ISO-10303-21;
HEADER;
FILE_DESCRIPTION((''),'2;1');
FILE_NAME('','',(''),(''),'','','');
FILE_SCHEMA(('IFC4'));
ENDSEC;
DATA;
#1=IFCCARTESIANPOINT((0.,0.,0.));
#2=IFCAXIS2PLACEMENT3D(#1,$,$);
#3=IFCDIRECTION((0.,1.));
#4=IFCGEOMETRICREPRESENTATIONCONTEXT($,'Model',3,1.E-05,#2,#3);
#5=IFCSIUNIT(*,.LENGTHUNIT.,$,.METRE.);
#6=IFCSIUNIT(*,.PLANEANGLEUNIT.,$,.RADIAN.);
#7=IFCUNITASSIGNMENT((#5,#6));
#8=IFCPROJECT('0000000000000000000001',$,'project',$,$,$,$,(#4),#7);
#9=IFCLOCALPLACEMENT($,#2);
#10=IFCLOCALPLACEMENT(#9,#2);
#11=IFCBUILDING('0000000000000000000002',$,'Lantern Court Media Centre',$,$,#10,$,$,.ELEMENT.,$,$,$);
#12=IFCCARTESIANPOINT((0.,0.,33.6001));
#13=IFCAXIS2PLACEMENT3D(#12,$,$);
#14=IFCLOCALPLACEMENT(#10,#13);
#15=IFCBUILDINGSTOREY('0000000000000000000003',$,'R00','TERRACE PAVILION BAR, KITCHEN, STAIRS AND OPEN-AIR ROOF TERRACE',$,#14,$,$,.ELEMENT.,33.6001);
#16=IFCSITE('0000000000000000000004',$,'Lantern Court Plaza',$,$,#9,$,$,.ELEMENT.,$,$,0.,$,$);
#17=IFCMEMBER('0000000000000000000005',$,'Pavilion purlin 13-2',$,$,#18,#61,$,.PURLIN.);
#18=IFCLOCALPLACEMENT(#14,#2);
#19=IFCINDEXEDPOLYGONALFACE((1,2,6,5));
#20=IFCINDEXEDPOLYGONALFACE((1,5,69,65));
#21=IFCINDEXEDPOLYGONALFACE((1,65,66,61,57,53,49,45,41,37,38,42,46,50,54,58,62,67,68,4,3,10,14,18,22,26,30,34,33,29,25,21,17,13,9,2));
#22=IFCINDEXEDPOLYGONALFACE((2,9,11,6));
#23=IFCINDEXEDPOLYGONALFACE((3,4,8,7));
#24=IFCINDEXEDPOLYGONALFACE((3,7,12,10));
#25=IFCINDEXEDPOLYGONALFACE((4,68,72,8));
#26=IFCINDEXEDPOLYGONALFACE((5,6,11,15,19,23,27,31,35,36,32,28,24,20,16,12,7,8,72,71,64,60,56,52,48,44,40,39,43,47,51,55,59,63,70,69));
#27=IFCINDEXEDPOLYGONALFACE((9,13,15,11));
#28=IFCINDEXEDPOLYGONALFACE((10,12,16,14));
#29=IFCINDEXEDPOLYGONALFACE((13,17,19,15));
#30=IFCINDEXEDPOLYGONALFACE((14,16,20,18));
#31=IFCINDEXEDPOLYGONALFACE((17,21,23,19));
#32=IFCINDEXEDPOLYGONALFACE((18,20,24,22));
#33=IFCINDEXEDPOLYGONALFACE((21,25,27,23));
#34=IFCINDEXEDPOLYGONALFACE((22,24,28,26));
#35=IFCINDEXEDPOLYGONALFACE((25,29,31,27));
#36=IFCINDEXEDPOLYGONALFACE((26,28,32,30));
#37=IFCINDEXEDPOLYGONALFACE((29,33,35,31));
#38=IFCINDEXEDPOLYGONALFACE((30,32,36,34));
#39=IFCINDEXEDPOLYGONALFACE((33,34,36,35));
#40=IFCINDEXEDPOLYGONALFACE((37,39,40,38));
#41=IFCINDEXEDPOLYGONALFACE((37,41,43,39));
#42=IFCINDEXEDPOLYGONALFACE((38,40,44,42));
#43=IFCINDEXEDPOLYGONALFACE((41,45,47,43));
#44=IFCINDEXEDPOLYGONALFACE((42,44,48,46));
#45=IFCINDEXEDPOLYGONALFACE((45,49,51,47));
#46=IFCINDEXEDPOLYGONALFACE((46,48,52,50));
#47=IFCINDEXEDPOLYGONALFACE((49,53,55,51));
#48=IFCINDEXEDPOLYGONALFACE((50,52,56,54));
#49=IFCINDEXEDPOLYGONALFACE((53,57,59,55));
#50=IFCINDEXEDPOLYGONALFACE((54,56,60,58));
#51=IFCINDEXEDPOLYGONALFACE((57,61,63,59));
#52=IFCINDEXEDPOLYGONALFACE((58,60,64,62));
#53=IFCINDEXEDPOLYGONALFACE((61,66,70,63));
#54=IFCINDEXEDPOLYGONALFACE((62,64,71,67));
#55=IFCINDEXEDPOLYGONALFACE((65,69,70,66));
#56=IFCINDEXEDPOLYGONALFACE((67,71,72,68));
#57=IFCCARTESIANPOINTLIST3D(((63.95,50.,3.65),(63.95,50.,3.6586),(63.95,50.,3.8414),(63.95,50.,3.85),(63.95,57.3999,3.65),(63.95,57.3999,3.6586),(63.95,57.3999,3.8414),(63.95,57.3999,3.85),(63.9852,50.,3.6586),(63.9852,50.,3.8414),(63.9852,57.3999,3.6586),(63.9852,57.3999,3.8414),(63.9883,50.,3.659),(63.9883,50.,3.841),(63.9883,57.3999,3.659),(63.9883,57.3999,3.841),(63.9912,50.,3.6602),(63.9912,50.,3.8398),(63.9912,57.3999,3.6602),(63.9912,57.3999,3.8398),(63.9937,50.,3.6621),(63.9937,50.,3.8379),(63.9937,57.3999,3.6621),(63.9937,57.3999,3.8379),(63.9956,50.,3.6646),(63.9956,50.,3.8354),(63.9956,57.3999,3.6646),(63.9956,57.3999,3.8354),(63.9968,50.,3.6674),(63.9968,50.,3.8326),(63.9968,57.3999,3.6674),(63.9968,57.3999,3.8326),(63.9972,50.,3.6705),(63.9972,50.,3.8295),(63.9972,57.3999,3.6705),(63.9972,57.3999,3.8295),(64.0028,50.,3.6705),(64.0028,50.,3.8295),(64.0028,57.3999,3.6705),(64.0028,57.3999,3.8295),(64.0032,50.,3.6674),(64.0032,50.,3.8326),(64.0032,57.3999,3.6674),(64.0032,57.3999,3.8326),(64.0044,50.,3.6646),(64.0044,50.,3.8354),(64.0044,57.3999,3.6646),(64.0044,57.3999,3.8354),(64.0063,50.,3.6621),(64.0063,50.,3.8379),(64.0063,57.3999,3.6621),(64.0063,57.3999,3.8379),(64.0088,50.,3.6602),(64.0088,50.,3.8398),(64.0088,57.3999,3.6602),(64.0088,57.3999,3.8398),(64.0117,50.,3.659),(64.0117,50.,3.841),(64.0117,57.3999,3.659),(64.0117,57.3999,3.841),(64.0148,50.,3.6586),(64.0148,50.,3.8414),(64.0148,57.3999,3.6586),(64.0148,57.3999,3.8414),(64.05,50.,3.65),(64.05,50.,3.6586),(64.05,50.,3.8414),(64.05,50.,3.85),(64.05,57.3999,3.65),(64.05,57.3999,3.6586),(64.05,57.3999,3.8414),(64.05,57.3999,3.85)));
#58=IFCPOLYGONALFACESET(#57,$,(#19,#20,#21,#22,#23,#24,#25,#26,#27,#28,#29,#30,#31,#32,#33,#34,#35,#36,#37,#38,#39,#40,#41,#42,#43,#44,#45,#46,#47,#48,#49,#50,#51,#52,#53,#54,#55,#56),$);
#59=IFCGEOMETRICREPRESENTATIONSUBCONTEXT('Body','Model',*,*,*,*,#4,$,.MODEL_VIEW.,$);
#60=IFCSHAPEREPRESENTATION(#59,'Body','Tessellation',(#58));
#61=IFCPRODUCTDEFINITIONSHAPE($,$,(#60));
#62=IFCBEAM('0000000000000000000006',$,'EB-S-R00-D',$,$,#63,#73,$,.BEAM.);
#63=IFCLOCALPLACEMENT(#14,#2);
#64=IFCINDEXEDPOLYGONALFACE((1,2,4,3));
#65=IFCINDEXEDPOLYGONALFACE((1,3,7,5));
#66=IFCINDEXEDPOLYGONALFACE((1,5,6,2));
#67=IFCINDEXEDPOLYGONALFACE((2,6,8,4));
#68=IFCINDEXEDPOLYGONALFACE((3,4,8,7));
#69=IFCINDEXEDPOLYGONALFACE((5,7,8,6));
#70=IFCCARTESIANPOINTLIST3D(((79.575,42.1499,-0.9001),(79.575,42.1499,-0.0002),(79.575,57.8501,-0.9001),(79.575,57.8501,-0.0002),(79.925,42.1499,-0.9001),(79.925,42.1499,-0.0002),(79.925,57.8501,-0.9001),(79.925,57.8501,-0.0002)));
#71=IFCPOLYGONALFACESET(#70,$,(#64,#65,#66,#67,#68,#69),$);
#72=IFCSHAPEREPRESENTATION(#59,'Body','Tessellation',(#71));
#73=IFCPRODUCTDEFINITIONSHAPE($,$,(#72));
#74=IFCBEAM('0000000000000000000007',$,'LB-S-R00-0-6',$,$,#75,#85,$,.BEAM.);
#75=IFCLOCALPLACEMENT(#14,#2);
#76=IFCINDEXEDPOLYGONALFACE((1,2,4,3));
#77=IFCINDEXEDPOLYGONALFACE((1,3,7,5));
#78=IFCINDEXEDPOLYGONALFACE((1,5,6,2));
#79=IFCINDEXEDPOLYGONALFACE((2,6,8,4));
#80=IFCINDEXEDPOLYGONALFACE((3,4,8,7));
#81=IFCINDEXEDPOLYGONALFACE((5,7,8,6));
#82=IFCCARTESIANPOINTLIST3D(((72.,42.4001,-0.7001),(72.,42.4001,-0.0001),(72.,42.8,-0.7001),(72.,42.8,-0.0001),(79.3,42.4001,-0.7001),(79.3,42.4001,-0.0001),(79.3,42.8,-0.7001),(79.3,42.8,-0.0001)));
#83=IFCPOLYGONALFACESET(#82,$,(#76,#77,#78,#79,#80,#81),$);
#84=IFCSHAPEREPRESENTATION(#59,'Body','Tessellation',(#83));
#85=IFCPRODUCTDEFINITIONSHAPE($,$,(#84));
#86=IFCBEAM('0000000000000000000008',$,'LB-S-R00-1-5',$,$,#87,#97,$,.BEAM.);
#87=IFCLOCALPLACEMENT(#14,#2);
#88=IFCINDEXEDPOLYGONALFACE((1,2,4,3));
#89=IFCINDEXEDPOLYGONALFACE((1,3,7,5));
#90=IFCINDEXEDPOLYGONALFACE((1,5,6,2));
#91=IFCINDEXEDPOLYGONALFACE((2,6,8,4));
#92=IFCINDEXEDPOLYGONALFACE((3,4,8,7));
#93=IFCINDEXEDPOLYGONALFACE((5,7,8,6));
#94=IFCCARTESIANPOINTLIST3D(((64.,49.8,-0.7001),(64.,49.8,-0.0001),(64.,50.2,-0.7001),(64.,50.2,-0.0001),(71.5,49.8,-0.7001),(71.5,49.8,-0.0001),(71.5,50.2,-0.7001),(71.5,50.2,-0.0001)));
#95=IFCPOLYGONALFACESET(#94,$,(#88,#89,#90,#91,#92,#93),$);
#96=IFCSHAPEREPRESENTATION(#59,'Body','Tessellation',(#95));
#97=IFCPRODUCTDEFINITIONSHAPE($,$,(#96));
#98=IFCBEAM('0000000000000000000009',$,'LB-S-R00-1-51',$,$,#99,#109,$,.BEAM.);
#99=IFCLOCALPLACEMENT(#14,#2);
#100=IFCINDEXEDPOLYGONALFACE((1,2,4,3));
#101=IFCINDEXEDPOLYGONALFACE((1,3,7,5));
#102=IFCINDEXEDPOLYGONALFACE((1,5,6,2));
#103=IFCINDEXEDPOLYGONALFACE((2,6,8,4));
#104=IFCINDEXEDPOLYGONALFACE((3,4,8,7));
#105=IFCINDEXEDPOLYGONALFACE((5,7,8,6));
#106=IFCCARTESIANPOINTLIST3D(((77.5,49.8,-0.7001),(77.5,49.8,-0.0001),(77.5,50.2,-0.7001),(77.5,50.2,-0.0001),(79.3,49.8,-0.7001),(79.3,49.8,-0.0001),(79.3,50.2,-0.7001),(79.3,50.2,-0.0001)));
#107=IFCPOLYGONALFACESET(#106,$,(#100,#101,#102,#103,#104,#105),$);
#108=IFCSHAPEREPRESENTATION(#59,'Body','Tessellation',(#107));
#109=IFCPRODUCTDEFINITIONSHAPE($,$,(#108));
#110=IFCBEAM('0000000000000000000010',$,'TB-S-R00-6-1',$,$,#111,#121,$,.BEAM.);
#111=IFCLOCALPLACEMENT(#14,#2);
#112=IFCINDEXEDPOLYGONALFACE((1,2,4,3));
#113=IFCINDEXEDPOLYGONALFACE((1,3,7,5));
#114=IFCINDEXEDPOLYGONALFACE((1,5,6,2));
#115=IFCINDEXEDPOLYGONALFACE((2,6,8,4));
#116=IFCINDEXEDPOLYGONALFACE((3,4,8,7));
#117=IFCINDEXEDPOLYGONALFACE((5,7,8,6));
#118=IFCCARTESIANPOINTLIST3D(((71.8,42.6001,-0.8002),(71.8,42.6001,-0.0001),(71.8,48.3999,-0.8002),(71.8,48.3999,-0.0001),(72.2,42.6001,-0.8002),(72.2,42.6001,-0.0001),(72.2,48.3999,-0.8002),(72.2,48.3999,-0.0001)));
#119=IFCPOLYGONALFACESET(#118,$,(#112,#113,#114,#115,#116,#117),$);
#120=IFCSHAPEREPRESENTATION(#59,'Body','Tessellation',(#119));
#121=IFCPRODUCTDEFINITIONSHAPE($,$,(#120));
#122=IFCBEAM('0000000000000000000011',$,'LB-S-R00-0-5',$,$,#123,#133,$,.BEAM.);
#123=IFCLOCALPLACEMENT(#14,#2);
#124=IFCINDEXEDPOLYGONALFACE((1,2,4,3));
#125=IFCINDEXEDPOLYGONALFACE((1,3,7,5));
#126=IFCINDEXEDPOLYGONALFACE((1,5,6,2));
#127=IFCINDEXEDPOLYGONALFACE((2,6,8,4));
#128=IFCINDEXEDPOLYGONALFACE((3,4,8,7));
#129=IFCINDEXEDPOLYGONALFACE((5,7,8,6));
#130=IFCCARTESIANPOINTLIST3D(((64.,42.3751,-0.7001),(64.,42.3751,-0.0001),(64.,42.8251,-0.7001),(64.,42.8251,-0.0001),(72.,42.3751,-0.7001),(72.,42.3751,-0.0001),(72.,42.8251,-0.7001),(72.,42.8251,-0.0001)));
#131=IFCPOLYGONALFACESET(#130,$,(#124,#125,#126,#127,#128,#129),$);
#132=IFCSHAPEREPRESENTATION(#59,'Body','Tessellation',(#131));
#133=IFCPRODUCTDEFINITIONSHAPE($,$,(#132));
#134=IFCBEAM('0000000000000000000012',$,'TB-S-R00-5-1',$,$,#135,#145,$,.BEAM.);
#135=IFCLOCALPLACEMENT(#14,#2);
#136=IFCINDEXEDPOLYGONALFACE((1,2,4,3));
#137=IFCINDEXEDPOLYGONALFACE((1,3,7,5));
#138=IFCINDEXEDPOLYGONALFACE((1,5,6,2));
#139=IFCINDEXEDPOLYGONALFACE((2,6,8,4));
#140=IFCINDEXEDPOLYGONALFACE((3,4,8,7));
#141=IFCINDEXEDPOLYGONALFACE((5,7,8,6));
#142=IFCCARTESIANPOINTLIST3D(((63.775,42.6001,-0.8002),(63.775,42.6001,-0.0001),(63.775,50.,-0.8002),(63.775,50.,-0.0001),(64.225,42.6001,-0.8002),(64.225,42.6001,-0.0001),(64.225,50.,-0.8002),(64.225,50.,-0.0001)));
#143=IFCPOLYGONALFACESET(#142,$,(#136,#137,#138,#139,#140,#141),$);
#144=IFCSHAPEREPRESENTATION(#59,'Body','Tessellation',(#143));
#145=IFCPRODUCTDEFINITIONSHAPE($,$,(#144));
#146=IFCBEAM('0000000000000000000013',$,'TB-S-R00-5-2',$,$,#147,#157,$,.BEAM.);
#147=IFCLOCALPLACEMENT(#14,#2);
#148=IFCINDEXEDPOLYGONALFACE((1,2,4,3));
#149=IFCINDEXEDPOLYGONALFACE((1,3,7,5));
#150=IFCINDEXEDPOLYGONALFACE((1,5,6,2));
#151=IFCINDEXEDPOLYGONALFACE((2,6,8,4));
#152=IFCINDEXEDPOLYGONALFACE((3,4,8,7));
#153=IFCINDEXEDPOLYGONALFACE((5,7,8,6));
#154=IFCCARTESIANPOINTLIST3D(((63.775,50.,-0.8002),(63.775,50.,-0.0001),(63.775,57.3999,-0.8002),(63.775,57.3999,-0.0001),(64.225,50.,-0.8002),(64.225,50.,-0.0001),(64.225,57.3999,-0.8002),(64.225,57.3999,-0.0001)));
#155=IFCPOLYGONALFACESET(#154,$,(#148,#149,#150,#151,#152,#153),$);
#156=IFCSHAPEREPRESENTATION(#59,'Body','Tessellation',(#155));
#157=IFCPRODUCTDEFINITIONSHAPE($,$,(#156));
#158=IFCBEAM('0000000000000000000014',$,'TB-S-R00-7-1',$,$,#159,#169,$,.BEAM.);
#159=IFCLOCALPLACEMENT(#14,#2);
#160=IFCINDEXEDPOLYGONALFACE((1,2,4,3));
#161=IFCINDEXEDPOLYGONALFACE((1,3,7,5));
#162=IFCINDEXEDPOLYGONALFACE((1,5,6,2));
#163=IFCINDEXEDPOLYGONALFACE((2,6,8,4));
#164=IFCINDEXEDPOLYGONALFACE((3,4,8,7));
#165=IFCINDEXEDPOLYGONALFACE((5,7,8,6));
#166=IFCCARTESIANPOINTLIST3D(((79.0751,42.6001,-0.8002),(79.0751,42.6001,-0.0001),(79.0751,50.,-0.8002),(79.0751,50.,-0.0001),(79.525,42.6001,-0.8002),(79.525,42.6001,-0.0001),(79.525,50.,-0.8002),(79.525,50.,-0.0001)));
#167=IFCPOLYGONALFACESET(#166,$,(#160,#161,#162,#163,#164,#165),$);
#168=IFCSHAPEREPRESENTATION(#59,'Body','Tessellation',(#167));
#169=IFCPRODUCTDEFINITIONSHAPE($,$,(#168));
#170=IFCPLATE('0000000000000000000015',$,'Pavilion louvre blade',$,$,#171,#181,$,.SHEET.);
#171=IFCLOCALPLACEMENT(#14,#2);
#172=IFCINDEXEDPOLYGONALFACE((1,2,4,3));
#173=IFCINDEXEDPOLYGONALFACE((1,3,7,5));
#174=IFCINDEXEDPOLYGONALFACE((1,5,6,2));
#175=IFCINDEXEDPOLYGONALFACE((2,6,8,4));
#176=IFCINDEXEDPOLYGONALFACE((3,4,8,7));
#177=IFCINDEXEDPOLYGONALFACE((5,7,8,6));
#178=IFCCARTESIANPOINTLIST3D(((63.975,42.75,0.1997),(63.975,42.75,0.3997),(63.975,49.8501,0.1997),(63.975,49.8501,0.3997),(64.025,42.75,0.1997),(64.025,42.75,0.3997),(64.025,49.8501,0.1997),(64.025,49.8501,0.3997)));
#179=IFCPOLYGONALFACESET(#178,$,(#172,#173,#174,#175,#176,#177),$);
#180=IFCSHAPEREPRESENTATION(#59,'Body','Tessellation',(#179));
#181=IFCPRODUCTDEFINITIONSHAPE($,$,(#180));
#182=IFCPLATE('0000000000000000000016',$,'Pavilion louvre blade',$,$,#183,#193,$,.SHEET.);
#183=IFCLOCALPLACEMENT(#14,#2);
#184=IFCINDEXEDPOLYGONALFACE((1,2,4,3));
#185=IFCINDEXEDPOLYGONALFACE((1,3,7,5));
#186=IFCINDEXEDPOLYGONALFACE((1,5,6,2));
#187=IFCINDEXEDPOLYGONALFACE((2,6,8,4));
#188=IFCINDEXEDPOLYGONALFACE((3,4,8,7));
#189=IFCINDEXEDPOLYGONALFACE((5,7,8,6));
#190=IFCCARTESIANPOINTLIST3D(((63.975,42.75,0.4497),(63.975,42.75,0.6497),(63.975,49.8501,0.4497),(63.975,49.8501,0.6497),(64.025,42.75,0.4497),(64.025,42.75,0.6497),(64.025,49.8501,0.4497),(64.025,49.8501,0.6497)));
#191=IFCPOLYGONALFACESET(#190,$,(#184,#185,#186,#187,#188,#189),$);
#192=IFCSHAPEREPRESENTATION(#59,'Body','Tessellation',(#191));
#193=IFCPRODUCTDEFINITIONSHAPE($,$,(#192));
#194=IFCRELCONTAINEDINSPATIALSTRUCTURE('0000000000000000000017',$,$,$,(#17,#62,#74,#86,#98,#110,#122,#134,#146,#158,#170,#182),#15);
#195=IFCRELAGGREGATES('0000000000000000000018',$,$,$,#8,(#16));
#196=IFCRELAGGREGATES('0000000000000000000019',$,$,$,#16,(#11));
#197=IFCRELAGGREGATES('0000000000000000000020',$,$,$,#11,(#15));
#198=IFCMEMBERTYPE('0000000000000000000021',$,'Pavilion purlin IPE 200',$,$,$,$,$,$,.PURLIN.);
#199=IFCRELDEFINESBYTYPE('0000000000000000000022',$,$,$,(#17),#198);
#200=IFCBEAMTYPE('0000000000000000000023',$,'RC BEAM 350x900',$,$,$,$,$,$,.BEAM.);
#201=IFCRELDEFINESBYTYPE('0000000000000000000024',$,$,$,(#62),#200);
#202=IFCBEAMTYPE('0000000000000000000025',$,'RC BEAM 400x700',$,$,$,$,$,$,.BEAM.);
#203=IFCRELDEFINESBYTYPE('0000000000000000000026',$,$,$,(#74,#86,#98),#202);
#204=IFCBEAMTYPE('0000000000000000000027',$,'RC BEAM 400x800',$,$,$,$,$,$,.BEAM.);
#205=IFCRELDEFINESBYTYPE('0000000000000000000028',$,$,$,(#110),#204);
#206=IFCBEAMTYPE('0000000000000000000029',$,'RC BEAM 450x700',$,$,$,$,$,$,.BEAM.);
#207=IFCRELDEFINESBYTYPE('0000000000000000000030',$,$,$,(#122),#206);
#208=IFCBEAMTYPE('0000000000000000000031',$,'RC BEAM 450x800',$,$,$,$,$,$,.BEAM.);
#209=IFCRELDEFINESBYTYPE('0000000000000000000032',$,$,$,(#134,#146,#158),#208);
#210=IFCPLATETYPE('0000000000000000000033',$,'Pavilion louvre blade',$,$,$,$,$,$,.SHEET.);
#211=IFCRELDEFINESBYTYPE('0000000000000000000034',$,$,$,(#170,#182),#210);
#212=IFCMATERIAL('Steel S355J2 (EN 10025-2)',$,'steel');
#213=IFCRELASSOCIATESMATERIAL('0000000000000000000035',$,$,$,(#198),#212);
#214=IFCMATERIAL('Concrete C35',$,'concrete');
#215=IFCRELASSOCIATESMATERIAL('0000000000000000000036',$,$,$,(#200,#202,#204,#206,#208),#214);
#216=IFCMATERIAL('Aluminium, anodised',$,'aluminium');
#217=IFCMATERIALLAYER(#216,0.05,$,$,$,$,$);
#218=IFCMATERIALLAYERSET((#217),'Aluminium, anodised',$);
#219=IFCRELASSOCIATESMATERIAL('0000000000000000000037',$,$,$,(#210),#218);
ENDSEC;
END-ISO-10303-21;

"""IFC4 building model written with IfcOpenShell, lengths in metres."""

from ifc_helpers import new_model, si_unit, direction, frame, origin, origin_2d, place, context, subcontext, project, spatial, rectangle, i_section, extrude, material, layer, layer_set, material_profile, profile_set, type_object, element, save


model = new_model("IFC4")

# Units and contexts
model_context = context("Model", 3, precision=1e-05, world=origin(), true_north=direction((0.0, 1.0)))
body_context = subcontext(model_context, "Body", "Model", "MODEL_VIEW")
ifc_project = project(units=[si_unit("LENGTHUNIT", "METRE"), si_unit("PLANEANGLEUNIT", "RADIAN")], contexts=[model_context])

# Site, building, storey
site_placement = place(None, origin())
site = spatial("IfcSite", under=ifc_project, at=site_placement, Name="Lantern Court Plaza", CompositionType="ELEMENT", RefElevation=0.0)
building_placement = place(site_placement, origin())
building = spatial("IfcBuilding", under=site, at=building_placement, Name="Lantern Court Media Centre", CompositionType="ELEMENT")
storey_placement = place(building_placement, frame((0.0, 0.0, 33.6001)))
storey = spatial("IfcBuildingStorey", under=building, at=storey_placement, Name="R00", Description="TERRACE PAVILION BAR, KITCHEN, STAIRS AND OPEN-AIR ROOF TERRACE", CompositionType="ELEMENT", Elevation=33.6001)

# Shared definitions
ifc_material_1 = material(Name="Steel S355J2 (EN 10025-2)", Category="steel")

# Member
ifc_material_profile_1 = material_profile(ifc_material_1, i_section(OverallWidth=0.1001, OverallDepth=0.2, WebThickness=0.0056, FlangeThickness=0.0085, FilletRadius=0.012, at=origin_2d()), Name="IPE 200")
ifc_profile_set_1 = profile_set([ifc_material_profile_1], Name="Steel S355J2 (EN 10025-2)")
member_type = type_object("IfcMemberType", Name="Pavilion purlin IPE 200", PredefinedType="PURLIN", material=ifc_profile_set_1)
for number, where, z_axis, x_axis, name in (
    (1, (64.0, 50.0, 3.75), (0.0, 1.0, 0.0), (-1.0, 0.0, 0.0), "Pavilion purlin 13-2"),
):
    element("IfcMember", number, at=place(storey_placement, frame(where, z_axis=z_axis, x_axis=x_axis)), inside=storey, type_object=member_type, Name=name, PredefinedType="PURLIN", context=body_context, shape_type="SweptSolid", body=[
        extrude(i_section(OverallWidth=0.1001, OverallDepth=0.2, WebThickness=0.0056, FlangeThickness=0.0085, FilletRadius=0.012, at=origin_2d()), origin(), (0.0, 0.0, 1.0), 7.3999),
    ])

# Beams
ifc_material_2 = material(Name="Concrete C35", Category="concrete")
ifc_material_profile_2 = material_profile(ifc_material_2, rectangle(XDim=0.3501, YDim=0.8999, at=origin_2d()), Name="RC 350x900")
ifc_profile_set_2 = profile_set([ifc_material_profile_2], Name="Concrete C35")
beam_type_1 = type_object("IfcBeamType", Name="RC BEAM 350x900", PredefinedType="BEAM", material=ifc_profile_set_2)
beam_1_placement = place(storey_placement, frame((79.75, 42.1499, -0.4502), z_axis=(0.0, 1.0, 0.0), x_axis=(-1.0, 0.0, 0.0)))
element("IfcBeam", 2, at=beam_1_placement, inside=storey, type_object=beam_type_1, Name="EB-S-R00-D", PredefinedType="BEAM", context=body_context, shape_type="SweptSolid", body=[
    extrude(rectangle(XDim=0.3501, YDim=0.8999, at=origin_2d()), origin(), (0.0, 0.0, 1.0), 15.7002),
])
ifc_material_profile_3 = material_profile(ifc_material_2, rectangle(XDim=0.3999, YDim=0.7, at=origin_2d()), Name="RC 400x700")
ifc_profile_set_3 = profile_set([ifc_material_profile_3], Name="Concrete C35")
beam_type_2 = type_object("IfcBeamType", Name="RC BEAM 400x700", PredefinedType="BEAM", material=ifc_profile_set_3)
beam_2_placement = place(storey_placement, frame((72.0, 42.6001, -0.3501), z_axis=(1.0, 0.0, 0.0), x_axis=(0.0, 1.0, 0.0)))
element("IfcBeam", 3, at=beam_2_placement, inside=storey, type_object=beam_type_2, Name="LB-S-R00-0-6", PredefinedType="BEAM", context=body_context, shape_type="SweptSolid", body=[
    extrude(rectangle(XDim=0.3999, YDim=0.7, at=origin_2d()), origin(), (0.0, 0.0, 1.0), 7.3),
])
beam_3_placement = place(storey_placement, frame((64.0, 50.0, -0.3501), z_axis=(1.0, 0.0, 0.0), x_axis=(0.0, 1.0, 0.0)))
element("IfcBeam", 4, at=beam_3_placement, inside=storey, type_object=beam_type_2, Name="LB-S-R00-1-5", PredefinedType="BEAM", context=body_context, shape_type="SweptSolid", body=[
    extrude(rectangle(XDim=0.3999, YDim=0.7, at=origin_2d()), origin(), (0.0, 0.0, 1.0), 7.5),
])
beam_4_placement = place(storey_placement, frame((77.5, 50.0, -0.3501), z_axis=(1.0, 0.0, 0.0), x_axis=(0.0, 1.0, 0.0)))
element("IfcBeam", 5, at=beam_4_placement, inside=storey, type_object=beam_type_2, Name="LB-S-R00-1-51", PredefinedType="BEAM", context=body_context, shape_type="SweptSolid", body=[
    extrude(rectangle(XDim=0.3999, YDim=0.7, at=origin_2d()), origin(), (0.0, 0.0, 1.0), 1.8),
])
ifc_material_profile_4 = material_profile(ifc_material_2, rectangle(XDim=0.3999, YDim=0.8, at=origin_2d()), Name="RC 400x800")
ifc_profile_set_4 = profile_set([ifc_material_profile_4], Name="Concrete C35")
beam_type_3 = type_object("IfcBeamType", Name="RC BEAM 400x800", PredefinedType="BEAM", material=ifc_profile_set_4)
beam_5_placement = place(storey_placement, frame((72.0, 42.6001, -0.4001), z_axis=(0.0, 1.0, 0.0), x_axis=(-1.0, 0.0, 0.0)))
element("IfcBeam", 6, at=beam_5_placement, inside=storey, type_object=beam_type_3, Name="TB-S-R00-6-1", PredefinedType="BEAM", context=body_context, shape_type="SweptSolid", body=[
    extrude(rectangle(XDim=0.3999, YDim=0.8, at=origin_2d()), origin(), (0.0, 0.0, 1.0), 5.7998),
])
ifc_material_profile_5 = material_profile(ifc_material_2, rectangle(XDim=0.45, YDim=0.7, at=origin_2d()), Name="RC 450x700")
ifc_profile_set_5 = profile_set([ifc_material_profile_5], Name="Concrete C35")
beam_type_4 = type_object("IfcBeamType", Name="RC BEAM 450x700", PredefinedType="BEAM", material=ifc_profile_set_5)
beam_6_placement = place(storey_placement, frame((64.0, 42.6001, -0.3501), z_axis=(1.0, 0.0, 0.0), x_axis=(0.0, 1.0, 0.0)))
element("IfcBeam", 7, at=beam_6_placement, inside=storey, type_object=beam_type_4, Name="LB-S-R00-0-5", PredefinedType="BEAM", context=body_context, shape_type="SweptSolid", body=[
    extrude(rectangle(XDim=0.45, YDim=0.7, at=origin_2d()), origin(), (0.0, 0.0, 1.0), 8.0),
])
ifc_material_profile_6 = material_profile(ifc_material_2, rectangle(XDim=0.45, YDim=0.8, at=origin_2d()), Name="RC 450x800")
ifc_profile_set_6 = profile_set([ifc_material_profile_6], Name="Concrete C35")
beam_type_5 = type_object("IfcBeamType", Name="RC BEAM 450x800", PredefinedType="BEAM", material=ifc_profile_set_6)
for number, where, z_axis, x_axis, name in (
    (8, (64.0, 42.6001, -0.4001), (0.0, 1.0, 0.0), (-1.0, 0.0, 0.0), "TB-S-R00-5-1"),
    (9, (64.0, 50.0, -0.4001), (0.0, 1.0, 0.0), (-1.0, 0.0, 0.0), "TB-S-R00-5-2"),
    (10, (79.3, 42.6001, -0.4001), (0.0, 1.0, 0.0), (-1.0, 0.0, 0.0), "TB-S-R00-7-1"),
):
    element("IfcBeam", number, at=place(storey_placement, frame(where, z_axis=z_axis, x_axis=x_axis)), inside=storey, type_object=beam_type_5, Name=name, PredefinedType="BEAM", context=body_context, shape_type="SweptSolid", body=[
        extrude(rectangle(XDim=0.45, YDim=0.8, at=origin_2d()), origin(), (0.0, 0.0, 1.0), 7.3999),
    ])

# Plates
ifc_material_3 = material(Name="Aluminium, anodised", Category="aluminium")
ifc_layer_1 = layer(ifc_material_3, 0.05)
ifc_layer_set_1 = layer_set([ifc_layer_1], Name="Aluminium, anodised")
plate_type = type_object("IfcPlateType", Name="Pavilion louvre blade", PredefinedType="SHEET", material=ifc_layer_set_1)
for number, where, z_axis, x_axis, name in (
    (11, (64.0, 46.3, 0.1997), (0.0, 0.0, 1.0), (1.0, 0.0, 0.0), "Pavilion louvre blade"),
    (12, (64.0, 46.3, 0.4497), (0.0, 0.0, 1.0), (1.0, 0.0, 0.0), "Pavilion louvre blade"),
):
    element("IfcPlate", number, at=place(storey_placement, frame(where, z_axis=z_axis, x_axis=x_axis)), inside=storey, type_object=plate_type, Name=name, PredefinedType="SHEET", context=body_context, shape_type="SweptSolid", body=[
        extrude(rectangle(XDim=0.05, YDim=7.1001, at=origin_2d()), origin(), (0.0, 0.0, 1.0), 0.2),
    ])

save(model, "model.ifc")
